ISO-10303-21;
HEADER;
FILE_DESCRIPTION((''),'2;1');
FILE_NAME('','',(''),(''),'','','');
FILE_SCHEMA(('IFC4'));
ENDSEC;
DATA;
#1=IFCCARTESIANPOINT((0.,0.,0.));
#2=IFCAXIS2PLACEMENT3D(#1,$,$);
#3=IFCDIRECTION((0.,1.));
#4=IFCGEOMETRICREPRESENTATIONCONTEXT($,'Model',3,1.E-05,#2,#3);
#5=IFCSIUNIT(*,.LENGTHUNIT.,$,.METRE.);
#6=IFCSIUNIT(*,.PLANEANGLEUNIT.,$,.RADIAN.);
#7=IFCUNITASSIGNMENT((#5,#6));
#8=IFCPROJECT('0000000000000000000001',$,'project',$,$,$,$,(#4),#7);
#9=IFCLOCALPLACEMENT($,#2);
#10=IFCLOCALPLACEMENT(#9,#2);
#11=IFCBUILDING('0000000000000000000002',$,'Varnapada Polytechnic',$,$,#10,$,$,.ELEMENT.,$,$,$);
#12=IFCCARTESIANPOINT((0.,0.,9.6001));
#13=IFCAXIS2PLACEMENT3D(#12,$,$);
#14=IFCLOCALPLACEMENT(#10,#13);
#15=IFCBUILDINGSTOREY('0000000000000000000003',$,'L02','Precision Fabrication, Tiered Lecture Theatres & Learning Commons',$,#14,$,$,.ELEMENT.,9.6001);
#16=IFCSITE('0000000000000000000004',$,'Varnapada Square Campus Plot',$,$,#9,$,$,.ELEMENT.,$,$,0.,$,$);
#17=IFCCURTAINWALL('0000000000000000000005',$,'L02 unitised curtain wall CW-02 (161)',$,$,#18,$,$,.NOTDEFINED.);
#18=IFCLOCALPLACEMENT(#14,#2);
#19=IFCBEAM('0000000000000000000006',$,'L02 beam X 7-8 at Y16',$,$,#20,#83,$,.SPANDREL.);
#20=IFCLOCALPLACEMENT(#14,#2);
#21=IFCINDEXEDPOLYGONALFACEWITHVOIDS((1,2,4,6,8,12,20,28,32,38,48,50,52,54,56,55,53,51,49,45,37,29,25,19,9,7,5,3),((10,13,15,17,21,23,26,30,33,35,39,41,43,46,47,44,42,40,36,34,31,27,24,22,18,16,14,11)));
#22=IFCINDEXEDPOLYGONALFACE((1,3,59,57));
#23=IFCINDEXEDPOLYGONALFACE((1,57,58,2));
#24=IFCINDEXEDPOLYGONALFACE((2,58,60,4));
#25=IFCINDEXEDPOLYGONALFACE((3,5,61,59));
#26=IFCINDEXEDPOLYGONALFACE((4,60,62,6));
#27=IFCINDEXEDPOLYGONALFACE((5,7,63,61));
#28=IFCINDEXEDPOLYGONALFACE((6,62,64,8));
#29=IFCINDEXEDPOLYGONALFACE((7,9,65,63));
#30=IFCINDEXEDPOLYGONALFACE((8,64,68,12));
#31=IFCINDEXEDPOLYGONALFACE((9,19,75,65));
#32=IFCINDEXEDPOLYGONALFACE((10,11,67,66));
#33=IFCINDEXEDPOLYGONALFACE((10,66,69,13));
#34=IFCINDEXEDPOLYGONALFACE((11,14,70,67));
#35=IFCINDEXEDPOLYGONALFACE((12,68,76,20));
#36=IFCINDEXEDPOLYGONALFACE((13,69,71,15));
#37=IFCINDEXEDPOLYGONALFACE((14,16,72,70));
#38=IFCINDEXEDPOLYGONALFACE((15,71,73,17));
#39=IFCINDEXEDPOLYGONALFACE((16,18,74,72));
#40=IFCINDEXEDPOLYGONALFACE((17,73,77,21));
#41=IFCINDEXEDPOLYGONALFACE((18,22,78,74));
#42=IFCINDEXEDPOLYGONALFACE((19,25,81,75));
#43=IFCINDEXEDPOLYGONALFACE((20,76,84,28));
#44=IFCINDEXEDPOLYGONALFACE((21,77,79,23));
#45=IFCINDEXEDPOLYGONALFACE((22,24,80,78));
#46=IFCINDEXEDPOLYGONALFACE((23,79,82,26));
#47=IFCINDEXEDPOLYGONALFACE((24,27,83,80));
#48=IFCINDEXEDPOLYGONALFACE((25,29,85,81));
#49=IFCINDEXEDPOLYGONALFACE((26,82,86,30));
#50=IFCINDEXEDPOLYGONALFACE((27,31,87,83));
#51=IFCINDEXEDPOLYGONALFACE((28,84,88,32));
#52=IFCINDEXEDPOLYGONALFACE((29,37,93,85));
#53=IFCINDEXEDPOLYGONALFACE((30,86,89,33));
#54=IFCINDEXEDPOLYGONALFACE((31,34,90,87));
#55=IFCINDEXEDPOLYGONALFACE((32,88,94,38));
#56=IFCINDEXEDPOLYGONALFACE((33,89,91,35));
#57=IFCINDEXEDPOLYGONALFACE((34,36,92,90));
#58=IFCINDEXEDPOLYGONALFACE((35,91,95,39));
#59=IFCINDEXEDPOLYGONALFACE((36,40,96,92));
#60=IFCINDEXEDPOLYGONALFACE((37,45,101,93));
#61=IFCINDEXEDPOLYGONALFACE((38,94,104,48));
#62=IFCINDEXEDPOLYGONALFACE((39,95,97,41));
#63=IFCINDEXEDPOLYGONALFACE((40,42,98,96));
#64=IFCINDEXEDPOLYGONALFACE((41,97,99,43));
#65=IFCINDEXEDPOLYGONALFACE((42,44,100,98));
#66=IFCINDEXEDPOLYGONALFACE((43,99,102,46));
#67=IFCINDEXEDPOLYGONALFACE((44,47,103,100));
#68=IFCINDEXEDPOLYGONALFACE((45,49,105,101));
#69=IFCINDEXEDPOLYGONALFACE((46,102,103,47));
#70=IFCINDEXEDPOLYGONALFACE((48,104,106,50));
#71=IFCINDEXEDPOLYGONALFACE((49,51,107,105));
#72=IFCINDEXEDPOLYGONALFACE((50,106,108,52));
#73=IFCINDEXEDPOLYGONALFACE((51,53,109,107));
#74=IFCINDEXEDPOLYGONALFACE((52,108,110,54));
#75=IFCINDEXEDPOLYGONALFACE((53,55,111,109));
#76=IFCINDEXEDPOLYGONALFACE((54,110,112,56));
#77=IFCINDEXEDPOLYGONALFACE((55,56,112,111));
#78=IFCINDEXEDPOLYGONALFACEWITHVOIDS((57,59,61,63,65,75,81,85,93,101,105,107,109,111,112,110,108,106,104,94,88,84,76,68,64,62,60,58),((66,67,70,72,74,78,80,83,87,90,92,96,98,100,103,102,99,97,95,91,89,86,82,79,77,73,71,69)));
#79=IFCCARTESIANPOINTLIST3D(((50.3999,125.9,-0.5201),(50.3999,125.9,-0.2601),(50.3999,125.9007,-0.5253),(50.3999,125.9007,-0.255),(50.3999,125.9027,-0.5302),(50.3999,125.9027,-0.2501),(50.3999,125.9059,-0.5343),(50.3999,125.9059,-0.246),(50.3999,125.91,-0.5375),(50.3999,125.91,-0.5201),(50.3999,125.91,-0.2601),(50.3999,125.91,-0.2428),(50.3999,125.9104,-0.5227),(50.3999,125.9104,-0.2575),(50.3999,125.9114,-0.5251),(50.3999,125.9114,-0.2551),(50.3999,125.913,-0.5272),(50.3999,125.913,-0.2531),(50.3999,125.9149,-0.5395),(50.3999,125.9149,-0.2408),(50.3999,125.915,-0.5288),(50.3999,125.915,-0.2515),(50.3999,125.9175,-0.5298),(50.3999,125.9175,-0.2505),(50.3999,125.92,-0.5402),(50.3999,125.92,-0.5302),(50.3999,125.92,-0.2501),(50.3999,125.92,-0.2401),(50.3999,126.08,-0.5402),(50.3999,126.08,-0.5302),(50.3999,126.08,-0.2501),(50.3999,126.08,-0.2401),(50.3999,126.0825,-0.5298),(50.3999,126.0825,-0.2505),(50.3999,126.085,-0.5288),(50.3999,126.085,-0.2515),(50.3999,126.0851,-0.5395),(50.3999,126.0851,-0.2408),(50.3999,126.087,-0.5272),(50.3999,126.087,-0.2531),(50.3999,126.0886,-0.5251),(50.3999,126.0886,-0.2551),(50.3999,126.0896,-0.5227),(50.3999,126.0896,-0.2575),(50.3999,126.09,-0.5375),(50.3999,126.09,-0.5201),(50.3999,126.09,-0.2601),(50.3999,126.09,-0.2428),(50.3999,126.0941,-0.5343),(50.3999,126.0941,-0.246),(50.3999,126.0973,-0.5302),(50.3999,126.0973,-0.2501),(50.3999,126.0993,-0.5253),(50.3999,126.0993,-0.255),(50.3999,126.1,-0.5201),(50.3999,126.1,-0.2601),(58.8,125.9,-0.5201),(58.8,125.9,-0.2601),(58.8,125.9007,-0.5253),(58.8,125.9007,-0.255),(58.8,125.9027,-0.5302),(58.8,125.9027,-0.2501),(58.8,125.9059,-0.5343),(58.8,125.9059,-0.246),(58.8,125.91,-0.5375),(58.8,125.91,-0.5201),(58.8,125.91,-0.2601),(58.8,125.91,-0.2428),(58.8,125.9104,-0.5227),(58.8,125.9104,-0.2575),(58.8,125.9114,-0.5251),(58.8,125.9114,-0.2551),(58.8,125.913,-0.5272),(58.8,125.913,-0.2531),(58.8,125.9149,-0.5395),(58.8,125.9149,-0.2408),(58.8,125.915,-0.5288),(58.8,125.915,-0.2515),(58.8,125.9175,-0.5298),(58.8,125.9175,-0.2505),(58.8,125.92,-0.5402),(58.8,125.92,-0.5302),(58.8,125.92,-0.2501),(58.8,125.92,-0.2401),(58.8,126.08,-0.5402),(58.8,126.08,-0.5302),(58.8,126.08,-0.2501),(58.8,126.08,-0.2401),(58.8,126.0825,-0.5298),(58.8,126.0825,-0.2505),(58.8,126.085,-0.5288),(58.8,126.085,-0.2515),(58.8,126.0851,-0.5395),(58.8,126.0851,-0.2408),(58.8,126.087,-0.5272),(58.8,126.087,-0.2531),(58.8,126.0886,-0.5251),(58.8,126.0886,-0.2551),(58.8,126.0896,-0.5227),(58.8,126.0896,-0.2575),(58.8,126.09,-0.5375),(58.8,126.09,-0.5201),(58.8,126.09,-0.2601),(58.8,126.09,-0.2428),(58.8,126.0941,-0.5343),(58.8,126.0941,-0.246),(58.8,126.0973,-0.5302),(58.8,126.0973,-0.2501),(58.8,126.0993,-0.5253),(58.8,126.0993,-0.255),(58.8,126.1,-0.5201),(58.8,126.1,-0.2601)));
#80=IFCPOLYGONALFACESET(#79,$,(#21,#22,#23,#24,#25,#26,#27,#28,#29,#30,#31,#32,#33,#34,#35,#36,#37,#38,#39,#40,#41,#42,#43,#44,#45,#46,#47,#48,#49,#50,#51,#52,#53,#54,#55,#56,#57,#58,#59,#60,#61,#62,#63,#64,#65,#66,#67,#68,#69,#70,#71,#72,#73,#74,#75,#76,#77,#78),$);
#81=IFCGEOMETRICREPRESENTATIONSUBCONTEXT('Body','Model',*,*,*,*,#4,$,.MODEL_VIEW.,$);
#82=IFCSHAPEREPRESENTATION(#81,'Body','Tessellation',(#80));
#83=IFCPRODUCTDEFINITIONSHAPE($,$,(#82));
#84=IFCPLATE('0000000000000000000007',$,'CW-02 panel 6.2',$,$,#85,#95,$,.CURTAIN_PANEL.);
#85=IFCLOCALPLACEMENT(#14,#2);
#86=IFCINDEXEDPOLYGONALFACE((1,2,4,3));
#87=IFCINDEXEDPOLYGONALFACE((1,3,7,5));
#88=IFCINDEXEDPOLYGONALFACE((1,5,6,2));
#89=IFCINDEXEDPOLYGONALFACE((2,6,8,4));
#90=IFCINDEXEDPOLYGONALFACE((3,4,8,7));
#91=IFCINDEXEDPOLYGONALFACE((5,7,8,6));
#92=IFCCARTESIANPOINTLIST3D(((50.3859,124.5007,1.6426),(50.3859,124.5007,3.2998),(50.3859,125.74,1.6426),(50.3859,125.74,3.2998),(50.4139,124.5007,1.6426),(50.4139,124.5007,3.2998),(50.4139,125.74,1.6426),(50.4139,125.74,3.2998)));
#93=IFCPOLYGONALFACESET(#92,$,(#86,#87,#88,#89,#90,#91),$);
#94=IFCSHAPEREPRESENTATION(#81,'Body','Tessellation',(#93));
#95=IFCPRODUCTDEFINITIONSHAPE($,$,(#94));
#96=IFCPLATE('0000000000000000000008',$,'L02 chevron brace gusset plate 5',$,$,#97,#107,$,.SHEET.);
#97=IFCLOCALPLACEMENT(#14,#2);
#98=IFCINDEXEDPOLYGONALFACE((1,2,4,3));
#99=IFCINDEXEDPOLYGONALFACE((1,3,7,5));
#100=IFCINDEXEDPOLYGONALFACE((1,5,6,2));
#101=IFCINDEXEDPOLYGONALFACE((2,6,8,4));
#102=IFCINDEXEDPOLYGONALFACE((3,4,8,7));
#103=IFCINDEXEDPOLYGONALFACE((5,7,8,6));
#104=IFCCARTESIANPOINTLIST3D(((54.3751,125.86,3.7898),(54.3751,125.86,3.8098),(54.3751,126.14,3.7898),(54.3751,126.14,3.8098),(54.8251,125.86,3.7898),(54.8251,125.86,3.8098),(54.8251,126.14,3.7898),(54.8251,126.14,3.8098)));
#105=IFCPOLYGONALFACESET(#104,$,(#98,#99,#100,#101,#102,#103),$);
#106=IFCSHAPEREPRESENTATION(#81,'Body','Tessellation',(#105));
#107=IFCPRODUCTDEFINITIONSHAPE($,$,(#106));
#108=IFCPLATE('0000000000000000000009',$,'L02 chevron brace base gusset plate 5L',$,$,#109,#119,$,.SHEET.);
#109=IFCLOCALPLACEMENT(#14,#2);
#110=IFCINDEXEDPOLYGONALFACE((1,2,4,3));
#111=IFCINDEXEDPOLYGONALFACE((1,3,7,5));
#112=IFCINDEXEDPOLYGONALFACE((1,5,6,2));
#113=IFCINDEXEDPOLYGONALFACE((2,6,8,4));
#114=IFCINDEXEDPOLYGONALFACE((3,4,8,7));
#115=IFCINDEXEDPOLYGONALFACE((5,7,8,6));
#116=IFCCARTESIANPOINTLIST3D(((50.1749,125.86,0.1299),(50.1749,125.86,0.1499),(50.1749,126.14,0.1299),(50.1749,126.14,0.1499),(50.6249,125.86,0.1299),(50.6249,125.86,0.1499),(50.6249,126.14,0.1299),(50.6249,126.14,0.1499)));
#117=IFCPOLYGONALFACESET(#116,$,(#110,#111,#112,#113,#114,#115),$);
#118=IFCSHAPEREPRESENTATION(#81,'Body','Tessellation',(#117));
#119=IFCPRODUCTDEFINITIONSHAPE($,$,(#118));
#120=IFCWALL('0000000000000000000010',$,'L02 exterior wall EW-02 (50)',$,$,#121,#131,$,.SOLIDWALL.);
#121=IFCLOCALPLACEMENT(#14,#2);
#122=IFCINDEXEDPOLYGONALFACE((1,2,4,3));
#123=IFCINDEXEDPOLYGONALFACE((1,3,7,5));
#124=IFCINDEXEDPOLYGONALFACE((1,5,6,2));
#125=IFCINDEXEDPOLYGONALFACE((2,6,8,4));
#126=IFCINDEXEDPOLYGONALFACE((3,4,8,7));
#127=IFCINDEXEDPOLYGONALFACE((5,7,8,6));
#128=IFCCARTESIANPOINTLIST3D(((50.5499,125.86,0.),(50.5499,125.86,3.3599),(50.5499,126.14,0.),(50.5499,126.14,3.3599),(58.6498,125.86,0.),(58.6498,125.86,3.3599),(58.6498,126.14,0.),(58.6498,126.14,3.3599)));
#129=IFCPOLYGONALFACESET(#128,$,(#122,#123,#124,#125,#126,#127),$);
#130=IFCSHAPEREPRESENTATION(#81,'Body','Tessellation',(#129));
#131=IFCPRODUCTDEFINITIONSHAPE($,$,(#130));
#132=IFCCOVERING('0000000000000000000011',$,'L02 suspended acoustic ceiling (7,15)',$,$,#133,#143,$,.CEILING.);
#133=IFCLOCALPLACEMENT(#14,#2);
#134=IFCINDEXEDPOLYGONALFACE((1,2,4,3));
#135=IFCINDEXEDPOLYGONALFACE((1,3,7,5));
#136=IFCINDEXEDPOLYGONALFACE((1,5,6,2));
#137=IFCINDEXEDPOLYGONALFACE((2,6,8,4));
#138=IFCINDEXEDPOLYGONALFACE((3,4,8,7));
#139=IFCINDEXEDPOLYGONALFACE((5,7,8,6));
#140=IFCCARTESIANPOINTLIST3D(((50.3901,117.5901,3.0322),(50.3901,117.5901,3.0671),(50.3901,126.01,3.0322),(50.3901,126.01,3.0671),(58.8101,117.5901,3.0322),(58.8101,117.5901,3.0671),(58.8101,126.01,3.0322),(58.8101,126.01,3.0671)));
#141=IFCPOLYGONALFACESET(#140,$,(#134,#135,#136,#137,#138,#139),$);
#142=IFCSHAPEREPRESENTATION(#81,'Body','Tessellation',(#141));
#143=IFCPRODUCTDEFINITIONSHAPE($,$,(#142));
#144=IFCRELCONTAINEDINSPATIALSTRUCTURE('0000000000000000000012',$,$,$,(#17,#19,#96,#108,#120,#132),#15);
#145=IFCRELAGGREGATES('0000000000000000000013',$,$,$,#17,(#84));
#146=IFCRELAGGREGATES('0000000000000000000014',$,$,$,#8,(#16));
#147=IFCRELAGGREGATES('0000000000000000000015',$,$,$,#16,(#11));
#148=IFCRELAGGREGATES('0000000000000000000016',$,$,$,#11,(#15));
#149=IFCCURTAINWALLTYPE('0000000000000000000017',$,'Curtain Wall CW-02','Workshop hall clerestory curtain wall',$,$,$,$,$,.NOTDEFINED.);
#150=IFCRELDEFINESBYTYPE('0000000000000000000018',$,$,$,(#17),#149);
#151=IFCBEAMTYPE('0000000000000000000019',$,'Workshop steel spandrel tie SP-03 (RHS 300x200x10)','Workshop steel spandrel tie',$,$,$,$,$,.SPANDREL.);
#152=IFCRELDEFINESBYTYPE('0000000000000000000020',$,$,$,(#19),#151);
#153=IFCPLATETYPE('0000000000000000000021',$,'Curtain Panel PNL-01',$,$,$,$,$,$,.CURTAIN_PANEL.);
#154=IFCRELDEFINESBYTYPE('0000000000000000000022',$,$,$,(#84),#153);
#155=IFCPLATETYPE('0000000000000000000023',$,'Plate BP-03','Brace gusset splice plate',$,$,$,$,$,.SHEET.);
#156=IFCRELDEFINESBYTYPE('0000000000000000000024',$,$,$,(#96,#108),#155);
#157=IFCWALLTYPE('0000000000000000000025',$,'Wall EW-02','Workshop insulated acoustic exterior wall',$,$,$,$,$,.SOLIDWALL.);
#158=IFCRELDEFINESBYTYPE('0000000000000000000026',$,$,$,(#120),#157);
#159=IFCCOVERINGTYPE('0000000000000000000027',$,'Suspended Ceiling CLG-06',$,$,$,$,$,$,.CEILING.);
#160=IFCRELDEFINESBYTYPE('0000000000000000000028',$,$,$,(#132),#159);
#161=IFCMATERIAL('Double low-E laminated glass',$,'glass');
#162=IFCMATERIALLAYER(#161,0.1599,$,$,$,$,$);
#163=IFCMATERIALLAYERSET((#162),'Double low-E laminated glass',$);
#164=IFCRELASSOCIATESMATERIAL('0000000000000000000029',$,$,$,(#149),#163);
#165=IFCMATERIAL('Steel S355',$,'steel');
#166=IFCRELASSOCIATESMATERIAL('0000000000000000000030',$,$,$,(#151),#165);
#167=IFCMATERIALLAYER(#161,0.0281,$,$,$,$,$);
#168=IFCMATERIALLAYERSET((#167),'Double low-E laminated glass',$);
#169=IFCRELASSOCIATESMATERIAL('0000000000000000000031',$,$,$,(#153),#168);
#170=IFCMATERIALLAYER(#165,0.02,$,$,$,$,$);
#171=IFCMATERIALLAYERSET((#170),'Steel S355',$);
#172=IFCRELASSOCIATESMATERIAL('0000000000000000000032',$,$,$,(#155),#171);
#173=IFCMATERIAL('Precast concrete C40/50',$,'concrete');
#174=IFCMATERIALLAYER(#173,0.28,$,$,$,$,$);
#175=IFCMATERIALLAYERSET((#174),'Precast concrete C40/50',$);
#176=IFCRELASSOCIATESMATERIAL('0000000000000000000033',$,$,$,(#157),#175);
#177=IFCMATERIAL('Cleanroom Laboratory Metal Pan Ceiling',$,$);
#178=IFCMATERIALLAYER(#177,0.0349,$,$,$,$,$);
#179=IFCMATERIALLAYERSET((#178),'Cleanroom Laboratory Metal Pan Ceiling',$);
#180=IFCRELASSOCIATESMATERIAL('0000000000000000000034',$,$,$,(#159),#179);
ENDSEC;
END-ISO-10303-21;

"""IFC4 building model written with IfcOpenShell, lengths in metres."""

from ifc_helpers import new_model, si_unit, direction, frame, frame_2d, origin, origin_2d, place, context, subcontext, project, spatial, rectangle, hollow_rectangle, extrude, material, layer, layer_set, material_profile, profile_set, type_object, element, aggregate, save


model = new_model("IFC4")

# Units and contexts
model_context = context("Model", 3, precision=1e-05, world=origin(), true_north=direction((0.0, 1.0)))
body_context = subcontext(model_context, "Body", "Model", "MODEL_VIEW")
ifc_project = project(units=[si_unit("LENGTHUNIT", "METRE"), si_unit("PLANEANGLEUNIT", "RADIAN")], contexts=[model_context])

# Site, building, storey
site_placement = place(None, origin())
site = spatial("IfcSite", under=ifc_project, at=site_placement, Name="Varnapada Square Campus Plot", CompositionType="ELEMENT", RefElevation=0.0)
building_placement = place(site_placement, origin())
building = spatial("IfcBuilding", under=site, at=building_placement, Name="Varnapada Polytechnic", CompositionType="ELEMENT")
storey_placement = place(building_placement, frame((0.0, 0.0, 9.6001)))
storey = spatial("IfcBuildingStorey", under=building, at=storey_placement, Name="L02", Description="Precision Fabrication, Tiered Lecture Theatres & Learning Commons", CompositionType="ELEMENT", Elevation=9.6001)

# Shared definitions
ifc_material_1 = material(Name="Steel S355", Category="steel")

# Curtain wall
ifc_material_2 = material(Name="Double low-E laminated glass", Category="glass")
ifc_layer_1 = layer(ifc_material_2, 0.1599)
ifc_layer_set_1 = layer_set([ifc_layer_1], Name="Double low-E laminated glass")
curtain_wall_type = type_object("IfcCurtainWallType", Name="Curtain Wall CW-02", Description="Workshop hall clerestory curtain wall", PredefinedType="NOTDEFINED", material=ifc_layer_set_1)
curtain_wall_placement = place(storey_placement, origin())
curtain_wall = element("IfcCurtainWall", 1, at=curtain_wall_placement, inside=storey, type_object=curtain_wall_type, Name="L02 unitised curtain wall CW-02 (161)", PredefinedType="NOTDEFINED")

# Beam
ifc_material_profile_1 = material_profile(ifc_material_1, hollow_rectangle(XDim=0.2, YDim=0.3, WallThickness=0.01, InnerFilletRadius=0.01, OuterFilletRadius=0.02, at=origin_2d()), Name="RHS 300x200x10")
ifc_profile_set_1 = profile_set([ifc_material_profile_1], Name="Steel S355")
beam_type_1 = type_object("IfcBeamType", Name="Workshop steel spandrel tie SP-03 (RHS 300x200x10)", Description="Workshop steel spandrel tie", PredefinedType="SPANDREL", material=ifc_profile_set_1)
beam_1_placement = place(storey_placement, frame((50.3999, 126.0, -0.3901), z_axis=(1.0, 0.0, 0.0), x_axis=(0.0, 1.0, 0.0)))
element("IfcBeam", 2, at=beam_1_placement, inside=storey, type_object=beam_type_1, Name="L02 beam X 7-8 at Y16", PredefinedType="SPANDREL", context=body_context, shape_type="SweptSolid", body=[
    extrude(hollow_rectangle(XDim=0.2, YDim=0.3, WallThickness=0.01, InnerFilletRadius=0.01, OuterFilletRadius=0.02, at=origin_2d()), origin(), (0.0, 0.0, 1.0), 8.4001),
])

# Plate
ifc_layer_2 = layer(ifc_material_2, 0.0281)
ifc_layer_set_2 = layer_set([ifc_layer_2], Name="Double low-E laminated glass")
plate_type_1 = type_object("IfcPlateType", Name="Curtain Panel PNL-01", PredefinedType="CURTAIN_PANEL", material=ifc_layer_set_2)
plate_placement = place(storey_placement, frame((50.3999, 125.1204, 1.6426), z_axis=(0.0, 0.0, 1.0), x_axis=(0.0, 1.0, 0.0)))
plate = element("IfcPlate", 3, at=plate_placement, type_object=plate_type_1, Name="CW-02 panel 6.2", PredefinedType="CURTAIN_PANEL", context=body_context, shape_type="SweptSolid", body=[
    extrude(rectangle(XDim=1.2393, YDim=0.0281, at=origin_2d()), origin(), (0.0, 0.0, 1.0), 1.6572),
])
aggregate(curtain_wall, [plate])

# Plates
ifc_layer_3 = layer(ifc_material_1, 0.02)
ifc_layer_set_3 = layer_set([ifc_layer_3], Name="Steel S355")
plate_type_2 = type_object("IfcPlateType", Name="Plate BP-03", Description="Brace gusset splice plate", PredefinedType="SHEET", material=ifc_layer_set_3)
for number, where, z_axis, x_axis, name in (
    (4, (54.6001, 126.0, 3.7898), (0.0, 0.0, 1.0), (1.0, 0.0, 0.0), "L02 chevron brace gusset plate 5"),
    (5, (50.3999, 126.0, 0.1299), (0.0, 0.0, 1.0), (1.0, 0.0, 0.0), "L02 chevron brace base gusset plate 5L"),
):
    element("IfcPlate", number, at=place(storey_placement, frame(where, z_axis=z_axis, x_axis=x_axis)), inside=storey, type_object=plate_type_2, Name=name, PredefinedType="SHEET", context=body_context, shape_type="SweptSolid", body=[
        extrude(rectangle(XDim=0.45, YDim=0.28, at=origin_2d()), origin(), (0.0, 0.0, 1.0), 0.02),
    ])

# Wall
ifc_material_3 = material(Name="Precast concrete C40/50", Category="concrete")
ifc_layer_4 = layer(ifc_material_3, 0.28)
ifc_layer_set_4 = layer_set([ifc_layer_4], Name="Precast concrete C40/50")
wall_type = type_object("IfcWallType", Name="Wall EW-02", Description="Workshop insulated acoustic exterior wall", PredefinedType="SOLIDWALL", material=ifc_layer_set_4)
wall_placement = place(storey_placement, frame((50.55, 126.0, 0.0), z_axis=(0.0, 0.0, 1.0), x_axis=(1.0, 0.0, 0.0)))
element("IfcWall", 6, at=wall_placement, inside=storey, type_object=wall_type, Name="L02 exterior wall EW-02 (50)", PredefinedType="SOLIDWALL", context=body_context, shape_type="SweptSolid", body=[
    extrude(rectangle(XDim=8.0999, YDim=0.28, at=frame_2d((4.0498, 0.0))), origin(), (0.0, 0.0, 1.0), 3.3599),
])

# Covering
ifc_material_4 = material(Name="Cleanroom Laboratory Metal Pan Ceiling")
ifc_layer_5 = layer(ifc_material_4, 0.0349)
ifc_layer_set_5 = layer_set([ifc_layer_5], Name="Cleanroom Laboratory Metal Pan Ceiling")
covering_type = type_object("IfcCoveringType", Name="Suspended Ceiling CLG-06", PredefinedType="CEILING", material=ifc_layer_set_5)
covering_placement = place(storey_placement, frame((54.6001, 121.8, 3.0322), z_axis=(0.0, 0.0, 1.0), x_axis=(1.0, 0.0, 0.0)))
element("IfcCovering", 7, at=covering_placement, inside=storey, type_object=covering_type, Name="L02 suspended acoustic ceiling (7,15)", PredefinedType="CEILING", context=body_context, shape_type="SweptSolid", body=[
    extrude(rectangle(XDim=8.4199, YDim=8.4199, at=origin_2d()), origin(), (0.0, 0.0, 1.0), 0.0349),
])

save(model, "model.ifc")
